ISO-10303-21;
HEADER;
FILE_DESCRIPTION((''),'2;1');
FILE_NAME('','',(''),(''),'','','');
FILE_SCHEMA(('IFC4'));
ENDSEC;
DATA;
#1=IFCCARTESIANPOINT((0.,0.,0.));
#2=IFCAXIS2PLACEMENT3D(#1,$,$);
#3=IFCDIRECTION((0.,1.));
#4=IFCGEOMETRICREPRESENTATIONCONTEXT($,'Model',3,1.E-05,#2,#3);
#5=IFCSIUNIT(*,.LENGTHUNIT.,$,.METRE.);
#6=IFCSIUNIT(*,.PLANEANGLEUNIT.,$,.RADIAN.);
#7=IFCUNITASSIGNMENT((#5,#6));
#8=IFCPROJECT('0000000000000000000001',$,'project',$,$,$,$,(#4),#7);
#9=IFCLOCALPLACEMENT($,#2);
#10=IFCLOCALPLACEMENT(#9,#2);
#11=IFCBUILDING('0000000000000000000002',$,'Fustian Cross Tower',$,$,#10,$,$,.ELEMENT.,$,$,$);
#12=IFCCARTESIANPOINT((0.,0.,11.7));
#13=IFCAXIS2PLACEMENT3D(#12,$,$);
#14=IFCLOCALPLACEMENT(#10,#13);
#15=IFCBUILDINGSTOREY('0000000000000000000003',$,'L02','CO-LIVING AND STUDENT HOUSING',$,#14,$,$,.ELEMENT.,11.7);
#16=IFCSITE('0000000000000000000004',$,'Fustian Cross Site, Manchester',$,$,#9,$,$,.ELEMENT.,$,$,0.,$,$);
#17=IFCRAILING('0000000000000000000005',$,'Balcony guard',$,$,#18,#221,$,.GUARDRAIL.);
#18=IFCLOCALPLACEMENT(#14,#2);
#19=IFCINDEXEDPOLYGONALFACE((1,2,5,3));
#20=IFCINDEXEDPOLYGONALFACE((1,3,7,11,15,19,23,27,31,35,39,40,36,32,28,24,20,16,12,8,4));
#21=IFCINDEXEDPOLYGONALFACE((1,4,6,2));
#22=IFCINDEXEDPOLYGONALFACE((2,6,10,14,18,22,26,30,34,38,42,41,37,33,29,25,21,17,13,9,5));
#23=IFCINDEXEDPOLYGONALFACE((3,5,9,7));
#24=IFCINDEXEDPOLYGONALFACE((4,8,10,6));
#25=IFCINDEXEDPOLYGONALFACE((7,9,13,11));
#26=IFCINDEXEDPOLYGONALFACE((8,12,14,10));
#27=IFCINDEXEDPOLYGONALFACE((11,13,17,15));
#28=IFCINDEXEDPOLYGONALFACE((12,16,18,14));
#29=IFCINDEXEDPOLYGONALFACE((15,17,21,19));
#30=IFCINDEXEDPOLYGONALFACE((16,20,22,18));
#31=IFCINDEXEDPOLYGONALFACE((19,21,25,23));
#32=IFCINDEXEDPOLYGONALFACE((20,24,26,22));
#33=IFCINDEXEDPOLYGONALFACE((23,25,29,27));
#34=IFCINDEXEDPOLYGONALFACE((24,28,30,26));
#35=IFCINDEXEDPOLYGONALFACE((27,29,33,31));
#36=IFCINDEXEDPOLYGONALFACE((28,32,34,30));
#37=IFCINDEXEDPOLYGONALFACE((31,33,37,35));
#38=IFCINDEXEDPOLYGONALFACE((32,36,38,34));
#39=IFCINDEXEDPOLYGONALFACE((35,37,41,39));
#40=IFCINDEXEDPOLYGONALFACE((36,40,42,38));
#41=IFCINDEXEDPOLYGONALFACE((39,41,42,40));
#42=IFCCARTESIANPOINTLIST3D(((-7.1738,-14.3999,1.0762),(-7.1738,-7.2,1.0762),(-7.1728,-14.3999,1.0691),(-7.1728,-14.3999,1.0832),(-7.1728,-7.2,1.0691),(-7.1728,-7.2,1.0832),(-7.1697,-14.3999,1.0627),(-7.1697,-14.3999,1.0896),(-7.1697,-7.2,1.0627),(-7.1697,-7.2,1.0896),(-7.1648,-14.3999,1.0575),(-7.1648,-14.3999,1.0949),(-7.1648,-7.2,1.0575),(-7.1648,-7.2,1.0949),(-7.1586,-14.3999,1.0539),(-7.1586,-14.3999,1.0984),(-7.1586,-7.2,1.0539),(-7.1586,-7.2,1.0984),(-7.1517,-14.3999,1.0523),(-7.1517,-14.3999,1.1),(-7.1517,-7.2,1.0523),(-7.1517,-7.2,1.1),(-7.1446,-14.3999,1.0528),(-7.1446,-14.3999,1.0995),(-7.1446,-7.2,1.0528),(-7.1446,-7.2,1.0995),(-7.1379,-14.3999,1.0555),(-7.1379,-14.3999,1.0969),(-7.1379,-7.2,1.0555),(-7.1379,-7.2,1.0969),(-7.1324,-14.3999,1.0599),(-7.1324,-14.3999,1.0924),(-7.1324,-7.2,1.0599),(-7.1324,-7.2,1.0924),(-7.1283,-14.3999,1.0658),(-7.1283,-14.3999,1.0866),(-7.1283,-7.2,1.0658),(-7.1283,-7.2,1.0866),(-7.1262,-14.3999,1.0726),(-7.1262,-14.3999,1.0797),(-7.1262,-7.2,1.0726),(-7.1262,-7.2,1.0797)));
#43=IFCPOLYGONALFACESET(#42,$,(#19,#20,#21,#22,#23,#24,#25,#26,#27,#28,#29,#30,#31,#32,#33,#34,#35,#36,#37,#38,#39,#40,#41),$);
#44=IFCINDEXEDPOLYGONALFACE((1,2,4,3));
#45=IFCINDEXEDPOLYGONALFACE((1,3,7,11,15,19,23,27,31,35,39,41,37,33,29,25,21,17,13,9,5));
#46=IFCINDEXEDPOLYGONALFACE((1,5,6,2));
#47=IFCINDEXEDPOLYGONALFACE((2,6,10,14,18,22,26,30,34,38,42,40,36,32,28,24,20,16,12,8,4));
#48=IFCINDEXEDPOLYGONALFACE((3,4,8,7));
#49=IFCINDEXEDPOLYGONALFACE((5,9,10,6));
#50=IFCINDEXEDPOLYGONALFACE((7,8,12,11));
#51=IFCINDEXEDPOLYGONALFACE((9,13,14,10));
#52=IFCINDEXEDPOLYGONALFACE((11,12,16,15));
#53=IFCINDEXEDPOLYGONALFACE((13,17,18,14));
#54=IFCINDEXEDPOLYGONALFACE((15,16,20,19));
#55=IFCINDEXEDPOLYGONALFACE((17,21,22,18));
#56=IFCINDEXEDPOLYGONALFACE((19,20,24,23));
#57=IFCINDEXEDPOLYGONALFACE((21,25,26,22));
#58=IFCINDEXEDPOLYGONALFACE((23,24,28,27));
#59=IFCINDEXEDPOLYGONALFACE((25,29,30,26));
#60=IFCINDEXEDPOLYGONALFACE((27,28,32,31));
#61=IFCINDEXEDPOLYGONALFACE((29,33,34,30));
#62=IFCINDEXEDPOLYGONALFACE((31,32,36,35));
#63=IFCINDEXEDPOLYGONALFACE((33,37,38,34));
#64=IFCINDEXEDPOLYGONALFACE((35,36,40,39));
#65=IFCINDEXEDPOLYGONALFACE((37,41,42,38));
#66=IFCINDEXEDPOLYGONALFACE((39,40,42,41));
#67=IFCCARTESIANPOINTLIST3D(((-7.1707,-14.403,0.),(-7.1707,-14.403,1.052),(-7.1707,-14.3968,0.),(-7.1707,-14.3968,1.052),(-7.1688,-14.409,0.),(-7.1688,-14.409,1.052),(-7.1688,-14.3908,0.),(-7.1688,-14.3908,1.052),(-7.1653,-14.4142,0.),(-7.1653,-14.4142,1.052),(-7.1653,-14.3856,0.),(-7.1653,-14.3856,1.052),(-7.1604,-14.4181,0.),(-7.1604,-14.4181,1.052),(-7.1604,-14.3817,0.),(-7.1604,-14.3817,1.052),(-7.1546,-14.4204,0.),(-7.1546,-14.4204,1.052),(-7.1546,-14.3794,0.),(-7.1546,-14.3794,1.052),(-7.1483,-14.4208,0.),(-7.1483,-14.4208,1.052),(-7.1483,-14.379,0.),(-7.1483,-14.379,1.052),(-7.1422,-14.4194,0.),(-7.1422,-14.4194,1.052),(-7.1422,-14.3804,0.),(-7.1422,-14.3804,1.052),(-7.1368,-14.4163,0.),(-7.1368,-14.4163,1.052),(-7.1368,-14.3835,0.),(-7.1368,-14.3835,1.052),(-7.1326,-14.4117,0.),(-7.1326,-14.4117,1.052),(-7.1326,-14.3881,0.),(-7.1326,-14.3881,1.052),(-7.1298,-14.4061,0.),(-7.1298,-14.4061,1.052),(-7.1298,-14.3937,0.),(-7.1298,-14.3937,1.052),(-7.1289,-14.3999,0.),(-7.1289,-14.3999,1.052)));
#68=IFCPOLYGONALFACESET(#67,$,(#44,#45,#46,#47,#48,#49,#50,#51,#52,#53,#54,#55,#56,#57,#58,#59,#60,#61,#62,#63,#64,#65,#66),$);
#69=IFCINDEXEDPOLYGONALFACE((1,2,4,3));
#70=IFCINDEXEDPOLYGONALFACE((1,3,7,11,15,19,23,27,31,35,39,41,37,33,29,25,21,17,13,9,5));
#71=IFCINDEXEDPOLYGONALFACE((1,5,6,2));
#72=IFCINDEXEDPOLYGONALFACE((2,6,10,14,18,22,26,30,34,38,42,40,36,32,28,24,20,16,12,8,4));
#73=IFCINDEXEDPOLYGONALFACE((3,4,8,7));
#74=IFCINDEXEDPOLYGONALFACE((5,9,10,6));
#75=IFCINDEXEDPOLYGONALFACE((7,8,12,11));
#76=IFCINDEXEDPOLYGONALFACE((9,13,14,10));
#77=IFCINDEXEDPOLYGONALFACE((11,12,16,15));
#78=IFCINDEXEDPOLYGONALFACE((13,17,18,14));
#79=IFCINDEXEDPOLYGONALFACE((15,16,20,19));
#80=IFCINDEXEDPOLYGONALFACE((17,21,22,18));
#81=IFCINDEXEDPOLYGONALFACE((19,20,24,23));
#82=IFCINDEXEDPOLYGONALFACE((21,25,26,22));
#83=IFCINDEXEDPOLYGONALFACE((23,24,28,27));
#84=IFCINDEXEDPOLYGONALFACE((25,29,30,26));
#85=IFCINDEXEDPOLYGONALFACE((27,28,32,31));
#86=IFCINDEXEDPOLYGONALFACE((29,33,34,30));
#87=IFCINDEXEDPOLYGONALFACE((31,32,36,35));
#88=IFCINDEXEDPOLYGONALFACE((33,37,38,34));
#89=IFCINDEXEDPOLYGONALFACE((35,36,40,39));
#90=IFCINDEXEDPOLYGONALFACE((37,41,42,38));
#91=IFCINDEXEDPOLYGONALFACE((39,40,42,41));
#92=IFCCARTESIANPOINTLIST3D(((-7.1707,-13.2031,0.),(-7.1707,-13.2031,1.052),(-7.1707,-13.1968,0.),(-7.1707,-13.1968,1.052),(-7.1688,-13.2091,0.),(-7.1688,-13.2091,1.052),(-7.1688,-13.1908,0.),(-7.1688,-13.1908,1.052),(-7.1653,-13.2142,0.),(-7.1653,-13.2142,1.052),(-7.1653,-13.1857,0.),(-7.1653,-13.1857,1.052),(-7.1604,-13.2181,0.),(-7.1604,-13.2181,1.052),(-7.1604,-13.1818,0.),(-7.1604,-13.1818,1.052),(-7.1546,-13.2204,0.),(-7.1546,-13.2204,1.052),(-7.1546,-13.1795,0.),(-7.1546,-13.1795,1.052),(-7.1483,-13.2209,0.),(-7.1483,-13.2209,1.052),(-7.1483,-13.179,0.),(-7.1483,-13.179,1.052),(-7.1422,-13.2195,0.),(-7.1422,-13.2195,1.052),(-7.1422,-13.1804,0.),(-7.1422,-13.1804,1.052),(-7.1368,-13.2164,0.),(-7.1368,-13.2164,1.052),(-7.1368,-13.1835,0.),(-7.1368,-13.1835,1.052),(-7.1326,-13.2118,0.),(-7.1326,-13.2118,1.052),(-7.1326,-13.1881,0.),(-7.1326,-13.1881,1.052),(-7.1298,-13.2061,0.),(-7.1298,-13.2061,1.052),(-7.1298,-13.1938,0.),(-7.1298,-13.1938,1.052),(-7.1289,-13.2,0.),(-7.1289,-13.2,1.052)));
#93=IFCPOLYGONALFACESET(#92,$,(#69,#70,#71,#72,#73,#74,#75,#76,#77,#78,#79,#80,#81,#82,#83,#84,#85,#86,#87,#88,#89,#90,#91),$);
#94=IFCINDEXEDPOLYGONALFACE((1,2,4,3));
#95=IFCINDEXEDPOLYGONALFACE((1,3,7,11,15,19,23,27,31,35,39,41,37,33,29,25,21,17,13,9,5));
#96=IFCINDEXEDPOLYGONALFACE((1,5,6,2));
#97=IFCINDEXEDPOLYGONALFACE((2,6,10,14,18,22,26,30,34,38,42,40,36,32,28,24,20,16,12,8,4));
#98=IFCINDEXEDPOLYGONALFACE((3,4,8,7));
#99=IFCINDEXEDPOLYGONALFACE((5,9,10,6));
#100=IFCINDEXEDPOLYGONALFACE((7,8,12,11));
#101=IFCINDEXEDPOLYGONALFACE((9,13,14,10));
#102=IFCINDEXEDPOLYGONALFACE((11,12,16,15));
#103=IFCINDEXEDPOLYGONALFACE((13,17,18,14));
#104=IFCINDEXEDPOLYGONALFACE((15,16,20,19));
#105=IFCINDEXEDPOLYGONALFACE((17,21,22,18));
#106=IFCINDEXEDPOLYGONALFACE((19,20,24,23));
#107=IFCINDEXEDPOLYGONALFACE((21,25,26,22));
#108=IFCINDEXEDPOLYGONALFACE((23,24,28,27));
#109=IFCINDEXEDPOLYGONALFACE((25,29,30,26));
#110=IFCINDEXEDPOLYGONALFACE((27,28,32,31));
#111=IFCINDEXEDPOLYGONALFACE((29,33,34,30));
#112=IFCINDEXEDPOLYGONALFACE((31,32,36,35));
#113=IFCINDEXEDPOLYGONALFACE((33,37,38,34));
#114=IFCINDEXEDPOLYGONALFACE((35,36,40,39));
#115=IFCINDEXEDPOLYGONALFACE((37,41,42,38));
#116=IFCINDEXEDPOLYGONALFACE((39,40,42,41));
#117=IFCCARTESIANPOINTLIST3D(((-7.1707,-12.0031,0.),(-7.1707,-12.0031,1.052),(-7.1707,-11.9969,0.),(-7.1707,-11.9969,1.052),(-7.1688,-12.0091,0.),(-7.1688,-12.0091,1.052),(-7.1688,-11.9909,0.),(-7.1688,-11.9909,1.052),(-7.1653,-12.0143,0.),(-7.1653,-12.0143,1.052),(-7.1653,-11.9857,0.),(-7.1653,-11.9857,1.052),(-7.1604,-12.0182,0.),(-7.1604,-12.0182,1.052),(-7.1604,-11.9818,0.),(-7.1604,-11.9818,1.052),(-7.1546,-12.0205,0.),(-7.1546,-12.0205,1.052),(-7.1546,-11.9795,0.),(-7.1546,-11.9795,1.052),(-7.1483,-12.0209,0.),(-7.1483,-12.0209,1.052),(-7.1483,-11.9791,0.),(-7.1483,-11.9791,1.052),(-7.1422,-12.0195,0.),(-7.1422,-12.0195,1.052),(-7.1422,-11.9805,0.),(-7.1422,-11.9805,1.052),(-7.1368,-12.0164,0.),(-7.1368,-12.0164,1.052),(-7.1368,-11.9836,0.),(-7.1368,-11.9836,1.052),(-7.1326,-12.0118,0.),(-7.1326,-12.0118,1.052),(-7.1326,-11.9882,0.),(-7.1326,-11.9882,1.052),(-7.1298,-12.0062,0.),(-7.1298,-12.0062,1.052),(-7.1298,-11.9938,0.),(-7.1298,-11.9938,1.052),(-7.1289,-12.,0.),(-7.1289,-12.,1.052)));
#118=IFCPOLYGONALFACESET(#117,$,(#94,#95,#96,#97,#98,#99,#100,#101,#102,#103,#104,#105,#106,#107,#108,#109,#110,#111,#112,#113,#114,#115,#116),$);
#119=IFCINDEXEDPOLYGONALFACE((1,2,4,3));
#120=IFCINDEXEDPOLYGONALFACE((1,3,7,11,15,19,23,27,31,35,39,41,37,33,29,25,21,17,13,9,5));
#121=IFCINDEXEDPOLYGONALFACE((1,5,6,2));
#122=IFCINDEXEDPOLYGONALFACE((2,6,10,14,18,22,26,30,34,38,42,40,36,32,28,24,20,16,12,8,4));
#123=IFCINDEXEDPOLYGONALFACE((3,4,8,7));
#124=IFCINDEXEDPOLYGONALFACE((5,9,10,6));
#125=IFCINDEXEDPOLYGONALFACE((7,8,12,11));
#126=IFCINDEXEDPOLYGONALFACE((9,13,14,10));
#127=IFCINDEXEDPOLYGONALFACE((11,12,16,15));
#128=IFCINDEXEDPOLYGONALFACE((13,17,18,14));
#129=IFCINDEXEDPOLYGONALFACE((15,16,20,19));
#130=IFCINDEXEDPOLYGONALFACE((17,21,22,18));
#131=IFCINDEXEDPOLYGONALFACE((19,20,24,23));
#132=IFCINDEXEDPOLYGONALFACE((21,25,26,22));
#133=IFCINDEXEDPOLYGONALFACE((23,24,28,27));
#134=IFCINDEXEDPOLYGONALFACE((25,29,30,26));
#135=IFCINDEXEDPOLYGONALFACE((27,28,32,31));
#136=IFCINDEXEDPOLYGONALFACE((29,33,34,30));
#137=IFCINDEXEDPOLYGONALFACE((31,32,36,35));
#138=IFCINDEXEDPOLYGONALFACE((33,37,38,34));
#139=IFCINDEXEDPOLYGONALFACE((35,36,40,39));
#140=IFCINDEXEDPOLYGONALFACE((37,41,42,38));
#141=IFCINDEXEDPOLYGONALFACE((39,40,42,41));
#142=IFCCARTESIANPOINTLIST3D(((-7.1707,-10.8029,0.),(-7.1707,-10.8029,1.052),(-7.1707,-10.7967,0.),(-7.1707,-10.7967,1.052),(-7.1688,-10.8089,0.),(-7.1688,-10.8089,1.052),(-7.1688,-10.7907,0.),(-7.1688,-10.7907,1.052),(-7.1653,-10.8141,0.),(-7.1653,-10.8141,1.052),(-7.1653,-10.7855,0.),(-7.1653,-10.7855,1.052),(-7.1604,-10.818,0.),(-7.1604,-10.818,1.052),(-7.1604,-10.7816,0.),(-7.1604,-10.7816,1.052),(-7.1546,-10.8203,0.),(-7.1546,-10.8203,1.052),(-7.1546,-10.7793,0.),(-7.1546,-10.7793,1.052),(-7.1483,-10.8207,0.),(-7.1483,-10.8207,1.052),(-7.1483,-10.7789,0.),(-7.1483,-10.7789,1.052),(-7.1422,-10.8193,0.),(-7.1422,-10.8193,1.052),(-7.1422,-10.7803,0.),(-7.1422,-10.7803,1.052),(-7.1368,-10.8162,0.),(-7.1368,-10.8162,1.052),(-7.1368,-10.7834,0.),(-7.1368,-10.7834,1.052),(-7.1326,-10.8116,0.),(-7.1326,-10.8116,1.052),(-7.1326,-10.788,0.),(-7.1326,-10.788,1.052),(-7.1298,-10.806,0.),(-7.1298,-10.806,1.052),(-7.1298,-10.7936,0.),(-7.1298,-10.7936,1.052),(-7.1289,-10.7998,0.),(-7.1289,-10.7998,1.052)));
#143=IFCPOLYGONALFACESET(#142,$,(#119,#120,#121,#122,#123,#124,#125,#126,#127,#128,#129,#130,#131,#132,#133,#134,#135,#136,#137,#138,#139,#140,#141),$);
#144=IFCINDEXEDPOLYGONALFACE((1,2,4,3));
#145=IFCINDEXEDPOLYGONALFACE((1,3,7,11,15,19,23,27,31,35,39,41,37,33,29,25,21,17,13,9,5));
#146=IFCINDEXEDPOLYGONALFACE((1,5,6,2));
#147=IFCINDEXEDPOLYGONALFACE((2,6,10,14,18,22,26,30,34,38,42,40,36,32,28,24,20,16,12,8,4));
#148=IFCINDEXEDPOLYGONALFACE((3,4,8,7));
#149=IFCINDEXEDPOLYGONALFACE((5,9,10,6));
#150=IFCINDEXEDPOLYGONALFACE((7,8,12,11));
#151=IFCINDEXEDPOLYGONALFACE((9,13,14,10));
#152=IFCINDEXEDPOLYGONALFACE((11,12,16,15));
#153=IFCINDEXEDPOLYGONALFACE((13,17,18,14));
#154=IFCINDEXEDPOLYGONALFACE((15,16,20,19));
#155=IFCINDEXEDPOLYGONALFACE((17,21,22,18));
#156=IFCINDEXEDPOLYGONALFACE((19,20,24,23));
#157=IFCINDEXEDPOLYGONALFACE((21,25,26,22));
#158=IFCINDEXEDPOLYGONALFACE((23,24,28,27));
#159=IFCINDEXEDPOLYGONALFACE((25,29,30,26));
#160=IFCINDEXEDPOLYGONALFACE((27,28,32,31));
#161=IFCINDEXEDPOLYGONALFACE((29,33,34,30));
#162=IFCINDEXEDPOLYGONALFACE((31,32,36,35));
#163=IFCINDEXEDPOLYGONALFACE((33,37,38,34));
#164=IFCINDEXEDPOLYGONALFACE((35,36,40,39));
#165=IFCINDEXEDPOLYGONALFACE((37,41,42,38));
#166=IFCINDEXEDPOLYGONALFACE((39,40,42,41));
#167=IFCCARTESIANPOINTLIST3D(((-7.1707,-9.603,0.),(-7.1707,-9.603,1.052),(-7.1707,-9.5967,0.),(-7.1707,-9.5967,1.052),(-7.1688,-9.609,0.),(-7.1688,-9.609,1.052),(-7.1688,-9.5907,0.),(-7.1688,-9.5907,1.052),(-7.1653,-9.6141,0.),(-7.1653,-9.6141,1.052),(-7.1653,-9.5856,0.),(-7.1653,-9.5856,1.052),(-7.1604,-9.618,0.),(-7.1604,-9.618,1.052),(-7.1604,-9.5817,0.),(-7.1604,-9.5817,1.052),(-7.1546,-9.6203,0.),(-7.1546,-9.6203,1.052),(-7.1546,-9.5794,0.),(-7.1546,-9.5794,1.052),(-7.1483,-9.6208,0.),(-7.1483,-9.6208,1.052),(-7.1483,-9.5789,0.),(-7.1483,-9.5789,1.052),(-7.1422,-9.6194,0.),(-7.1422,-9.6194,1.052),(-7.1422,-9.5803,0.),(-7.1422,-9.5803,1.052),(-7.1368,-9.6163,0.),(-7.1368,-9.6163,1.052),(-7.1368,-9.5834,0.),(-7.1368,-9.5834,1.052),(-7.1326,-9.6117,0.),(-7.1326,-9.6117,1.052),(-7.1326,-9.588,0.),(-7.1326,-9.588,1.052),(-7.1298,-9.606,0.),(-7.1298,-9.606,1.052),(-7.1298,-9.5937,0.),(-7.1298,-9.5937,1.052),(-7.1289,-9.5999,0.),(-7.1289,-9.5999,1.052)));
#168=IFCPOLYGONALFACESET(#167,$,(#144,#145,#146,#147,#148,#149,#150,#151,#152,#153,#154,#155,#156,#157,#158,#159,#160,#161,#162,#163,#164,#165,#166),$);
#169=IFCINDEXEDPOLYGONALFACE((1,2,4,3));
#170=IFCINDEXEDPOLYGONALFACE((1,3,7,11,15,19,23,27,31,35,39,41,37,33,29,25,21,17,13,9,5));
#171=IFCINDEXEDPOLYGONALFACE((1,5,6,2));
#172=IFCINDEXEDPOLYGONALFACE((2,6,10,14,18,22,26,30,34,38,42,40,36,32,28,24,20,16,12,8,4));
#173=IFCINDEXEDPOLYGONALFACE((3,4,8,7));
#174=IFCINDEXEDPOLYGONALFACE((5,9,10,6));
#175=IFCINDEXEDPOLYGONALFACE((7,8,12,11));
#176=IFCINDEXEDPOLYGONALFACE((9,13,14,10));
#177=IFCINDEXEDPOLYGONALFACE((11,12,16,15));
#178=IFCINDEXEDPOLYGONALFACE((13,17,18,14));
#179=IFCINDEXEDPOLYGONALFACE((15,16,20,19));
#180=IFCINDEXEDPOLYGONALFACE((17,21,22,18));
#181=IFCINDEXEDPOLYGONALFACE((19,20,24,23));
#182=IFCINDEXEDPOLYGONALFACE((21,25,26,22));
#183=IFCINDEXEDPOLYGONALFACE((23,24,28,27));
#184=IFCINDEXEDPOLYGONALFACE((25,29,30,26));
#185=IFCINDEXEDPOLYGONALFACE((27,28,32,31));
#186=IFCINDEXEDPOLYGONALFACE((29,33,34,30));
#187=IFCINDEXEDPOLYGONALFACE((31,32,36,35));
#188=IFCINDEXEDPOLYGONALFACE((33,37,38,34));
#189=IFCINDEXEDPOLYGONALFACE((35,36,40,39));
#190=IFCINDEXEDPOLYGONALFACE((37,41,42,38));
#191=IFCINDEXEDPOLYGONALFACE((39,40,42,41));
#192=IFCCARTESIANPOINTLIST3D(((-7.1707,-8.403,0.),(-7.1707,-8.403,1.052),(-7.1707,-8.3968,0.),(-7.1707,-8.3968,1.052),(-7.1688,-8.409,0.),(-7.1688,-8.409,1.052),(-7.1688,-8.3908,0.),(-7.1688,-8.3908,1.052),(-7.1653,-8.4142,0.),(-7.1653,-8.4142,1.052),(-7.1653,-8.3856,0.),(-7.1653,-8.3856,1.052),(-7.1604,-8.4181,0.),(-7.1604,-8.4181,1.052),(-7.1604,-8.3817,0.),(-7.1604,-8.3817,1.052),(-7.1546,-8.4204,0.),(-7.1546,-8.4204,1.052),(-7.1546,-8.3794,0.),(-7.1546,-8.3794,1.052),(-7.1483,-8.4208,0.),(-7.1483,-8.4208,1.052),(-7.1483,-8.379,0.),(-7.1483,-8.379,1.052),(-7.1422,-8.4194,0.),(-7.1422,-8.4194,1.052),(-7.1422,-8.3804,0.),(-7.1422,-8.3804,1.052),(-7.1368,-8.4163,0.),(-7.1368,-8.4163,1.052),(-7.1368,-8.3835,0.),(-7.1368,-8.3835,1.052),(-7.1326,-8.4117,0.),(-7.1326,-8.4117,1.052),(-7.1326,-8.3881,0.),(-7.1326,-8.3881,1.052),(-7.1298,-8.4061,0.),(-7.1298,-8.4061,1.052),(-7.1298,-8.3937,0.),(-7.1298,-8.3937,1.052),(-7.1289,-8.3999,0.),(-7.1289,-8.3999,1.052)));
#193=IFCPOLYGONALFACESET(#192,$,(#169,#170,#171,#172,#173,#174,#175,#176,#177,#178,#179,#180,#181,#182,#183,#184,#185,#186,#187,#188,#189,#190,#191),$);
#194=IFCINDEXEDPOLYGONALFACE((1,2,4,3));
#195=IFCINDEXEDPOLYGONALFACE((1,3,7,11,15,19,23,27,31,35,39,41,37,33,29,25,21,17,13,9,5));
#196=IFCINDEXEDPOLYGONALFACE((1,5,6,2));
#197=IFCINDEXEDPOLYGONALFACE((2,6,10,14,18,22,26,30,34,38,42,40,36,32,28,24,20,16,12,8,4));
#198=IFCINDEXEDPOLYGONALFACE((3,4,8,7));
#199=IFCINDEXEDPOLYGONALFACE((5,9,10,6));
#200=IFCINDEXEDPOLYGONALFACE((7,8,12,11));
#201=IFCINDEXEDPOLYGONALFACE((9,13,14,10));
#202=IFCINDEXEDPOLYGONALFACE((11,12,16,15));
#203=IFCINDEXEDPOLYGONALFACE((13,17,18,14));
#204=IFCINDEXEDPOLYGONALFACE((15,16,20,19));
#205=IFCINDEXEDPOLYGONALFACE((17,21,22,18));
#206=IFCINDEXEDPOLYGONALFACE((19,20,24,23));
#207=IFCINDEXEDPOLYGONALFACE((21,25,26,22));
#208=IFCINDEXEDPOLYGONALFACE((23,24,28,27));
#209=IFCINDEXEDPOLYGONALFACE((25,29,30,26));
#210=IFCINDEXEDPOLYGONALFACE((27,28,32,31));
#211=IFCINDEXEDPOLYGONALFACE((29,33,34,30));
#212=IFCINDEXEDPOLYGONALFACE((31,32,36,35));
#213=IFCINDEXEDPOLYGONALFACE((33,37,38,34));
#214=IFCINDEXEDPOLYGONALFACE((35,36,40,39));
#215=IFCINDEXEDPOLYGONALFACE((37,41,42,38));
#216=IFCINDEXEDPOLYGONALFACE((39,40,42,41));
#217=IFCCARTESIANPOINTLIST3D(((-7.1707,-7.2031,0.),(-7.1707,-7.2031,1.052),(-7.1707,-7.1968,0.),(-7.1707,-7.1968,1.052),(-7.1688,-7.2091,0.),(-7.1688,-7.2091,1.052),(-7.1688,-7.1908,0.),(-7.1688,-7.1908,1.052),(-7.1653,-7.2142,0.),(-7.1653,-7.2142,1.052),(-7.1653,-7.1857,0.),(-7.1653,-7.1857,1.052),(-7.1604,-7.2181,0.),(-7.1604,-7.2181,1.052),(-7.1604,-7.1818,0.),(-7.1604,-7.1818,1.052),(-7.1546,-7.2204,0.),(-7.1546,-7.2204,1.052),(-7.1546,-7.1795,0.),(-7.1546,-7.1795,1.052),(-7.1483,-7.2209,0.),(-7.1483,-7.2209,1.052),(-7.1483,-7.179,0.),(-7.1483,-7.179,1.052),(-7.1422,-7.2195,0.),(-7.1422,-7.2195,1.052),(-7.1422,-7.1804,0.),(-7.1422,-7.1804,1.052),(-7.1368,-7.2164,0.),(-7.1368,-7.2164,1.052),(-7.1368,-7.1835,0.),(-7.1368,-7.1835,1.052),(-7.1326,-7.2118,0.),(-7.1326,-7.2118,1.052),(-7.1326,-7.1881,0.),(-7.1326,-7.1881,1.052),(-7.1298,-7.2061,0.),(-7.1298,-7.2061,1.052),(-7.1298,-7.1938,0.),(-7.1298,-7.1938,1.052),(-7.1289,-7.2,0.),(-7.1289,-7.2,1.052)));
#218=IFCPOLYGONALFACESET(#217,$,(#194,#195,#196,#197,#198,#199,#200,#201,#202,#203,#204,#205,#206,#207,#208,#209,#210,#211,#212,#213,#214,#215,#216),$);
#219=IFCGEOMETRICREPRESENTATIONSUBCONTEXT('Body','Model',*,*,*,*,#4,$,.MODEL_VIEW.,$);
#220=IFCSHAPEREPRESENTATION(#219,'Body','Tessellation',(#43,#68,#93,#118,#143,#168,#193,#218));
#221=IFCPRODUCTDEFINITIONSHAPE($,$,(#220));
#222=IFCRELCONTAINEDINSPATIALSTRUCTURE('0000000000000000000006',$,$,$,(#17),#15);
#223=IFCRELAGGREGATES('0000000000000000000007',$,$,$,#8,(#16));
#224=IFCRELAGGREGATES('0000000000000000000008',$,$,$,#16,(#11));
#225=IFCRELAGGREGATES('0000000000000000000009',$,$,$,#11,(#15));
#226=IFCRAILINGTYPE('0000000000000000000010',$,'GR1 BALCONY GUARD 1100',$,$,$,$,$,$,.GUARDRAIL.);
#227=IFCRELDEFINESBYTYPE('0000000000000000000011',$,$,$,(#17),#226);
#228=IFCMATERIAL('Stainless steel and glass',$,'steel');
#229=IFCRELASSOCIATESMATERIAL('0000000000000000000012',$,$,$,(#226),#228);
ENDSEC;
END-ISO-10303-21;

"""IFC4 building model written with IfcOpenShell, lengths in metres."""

from ifc_helpers import new_model, si_unit, direction, frame, origin, origin_2d, place, context, subcontext, project, spatial, circle, extrude, material, type_object, element, save


model = new_model("IFC4")

# Units and contexts
model_context = context("Model", 3, precision=1e-05, world=origin(), true_north=direction((0.0, 1.0)))
body_context = subcontext(model_context, "Body", "Model", "MODEL_VIEW")
ifc_project = project(units=[si_unit("LENGTHUNIT", "METRE"), si_unit("PLANEANGLEUNIT", "RADIAN")], contexts=[model_context])

# Site, building, storey
site_placement = place(None, origin())
site = spatial("IfcSite", under=ifc_project, at=site_placement, Name="Fustian Cross Site, Manchester", CompositionType="ELEMENT", RefElevation=0.0)
building_placement = place(site_placement, origin())
building = spatial("IfcBuilding", under=site, at=building_placement, Name="Fustian Cross Tower", CompositionType="ELEMENT")
storey_placement = place(building_placement, frame((0.0, 0.0, 11.7)))
storey = spatial("IfcBuildingStorey", under=building, at=storey_placement, Name="L02", Description="CO-LIVING AND STUDENT HOUSING", CompositionType="ELEMENT", Elevation=11.7)

# Railing
ifc_material_1 = material(Name="Stainless steel and glass", Category="steel")
railing_type = type_object("IfcRailingType", Name="GR1 BALCONY GUARD 1100", PredefinedType="GUARDRAIL", material=ifc_material_1)
railing_placement = place(storey_placement, frame((-7.1499, -14.3999, 0.0)))
element("IfcRailing", 1, at=railing_placement, inside=storey, type_object=railing_type, Name="Balcony guard", PredefinedType="GUARDRAIL", context=body_context, shape_type="SweptSolid", body=[
    extrude(circle(Radius=0.0239, at=origin_2d()), frame((0.0, 0.0, 1.0762), z_axis=(0.0, 1.0, 0.0), x_axis=(-1.0, 0.0, 0.0)), (0.0, 0.0, 1.0), 7.2),
    extrude(circle(Radius=0.021, at=origin_2d()), origin(), (0.0, 0.0, 1.0), 1.052),
    extrude(circle(Radius=0.021, at=origin_2d()), frame((0.0, 1.2, 0.0)), (0.0, 0.0, 1.0), 1.052),
    extrude(circle(Radius=0.021, at=origin_2d()), frame((0.0, 2.3999, 0.0)), (0.0, 0.0, 1.0), 1.052),
    extrude(circle(Radius=0.021, at=origin_2d()), frame((0.0, 3.6001, 0.0)), (0.0, 0.0, 1.0), 1.052),
    extrude(circle(Radius=0.021, at=origin_2d()), frame((0.0, 4.8, 0.0)), (0.0, 0.0, 1.0), 1.052),
    extrude(circle(Radius=0.021, at=origin_2d()), frame((0.0, 6.0, 0.0)), (0.0, 0.0, 1.0), 1.052),
    extrude(circle(Radius=0.021, at=origin_2d()), frame((0.0, 7.2, 0.0)), (0.0, 0.0, 1.0), 1.052),
])

save(model, "model.ifc")
